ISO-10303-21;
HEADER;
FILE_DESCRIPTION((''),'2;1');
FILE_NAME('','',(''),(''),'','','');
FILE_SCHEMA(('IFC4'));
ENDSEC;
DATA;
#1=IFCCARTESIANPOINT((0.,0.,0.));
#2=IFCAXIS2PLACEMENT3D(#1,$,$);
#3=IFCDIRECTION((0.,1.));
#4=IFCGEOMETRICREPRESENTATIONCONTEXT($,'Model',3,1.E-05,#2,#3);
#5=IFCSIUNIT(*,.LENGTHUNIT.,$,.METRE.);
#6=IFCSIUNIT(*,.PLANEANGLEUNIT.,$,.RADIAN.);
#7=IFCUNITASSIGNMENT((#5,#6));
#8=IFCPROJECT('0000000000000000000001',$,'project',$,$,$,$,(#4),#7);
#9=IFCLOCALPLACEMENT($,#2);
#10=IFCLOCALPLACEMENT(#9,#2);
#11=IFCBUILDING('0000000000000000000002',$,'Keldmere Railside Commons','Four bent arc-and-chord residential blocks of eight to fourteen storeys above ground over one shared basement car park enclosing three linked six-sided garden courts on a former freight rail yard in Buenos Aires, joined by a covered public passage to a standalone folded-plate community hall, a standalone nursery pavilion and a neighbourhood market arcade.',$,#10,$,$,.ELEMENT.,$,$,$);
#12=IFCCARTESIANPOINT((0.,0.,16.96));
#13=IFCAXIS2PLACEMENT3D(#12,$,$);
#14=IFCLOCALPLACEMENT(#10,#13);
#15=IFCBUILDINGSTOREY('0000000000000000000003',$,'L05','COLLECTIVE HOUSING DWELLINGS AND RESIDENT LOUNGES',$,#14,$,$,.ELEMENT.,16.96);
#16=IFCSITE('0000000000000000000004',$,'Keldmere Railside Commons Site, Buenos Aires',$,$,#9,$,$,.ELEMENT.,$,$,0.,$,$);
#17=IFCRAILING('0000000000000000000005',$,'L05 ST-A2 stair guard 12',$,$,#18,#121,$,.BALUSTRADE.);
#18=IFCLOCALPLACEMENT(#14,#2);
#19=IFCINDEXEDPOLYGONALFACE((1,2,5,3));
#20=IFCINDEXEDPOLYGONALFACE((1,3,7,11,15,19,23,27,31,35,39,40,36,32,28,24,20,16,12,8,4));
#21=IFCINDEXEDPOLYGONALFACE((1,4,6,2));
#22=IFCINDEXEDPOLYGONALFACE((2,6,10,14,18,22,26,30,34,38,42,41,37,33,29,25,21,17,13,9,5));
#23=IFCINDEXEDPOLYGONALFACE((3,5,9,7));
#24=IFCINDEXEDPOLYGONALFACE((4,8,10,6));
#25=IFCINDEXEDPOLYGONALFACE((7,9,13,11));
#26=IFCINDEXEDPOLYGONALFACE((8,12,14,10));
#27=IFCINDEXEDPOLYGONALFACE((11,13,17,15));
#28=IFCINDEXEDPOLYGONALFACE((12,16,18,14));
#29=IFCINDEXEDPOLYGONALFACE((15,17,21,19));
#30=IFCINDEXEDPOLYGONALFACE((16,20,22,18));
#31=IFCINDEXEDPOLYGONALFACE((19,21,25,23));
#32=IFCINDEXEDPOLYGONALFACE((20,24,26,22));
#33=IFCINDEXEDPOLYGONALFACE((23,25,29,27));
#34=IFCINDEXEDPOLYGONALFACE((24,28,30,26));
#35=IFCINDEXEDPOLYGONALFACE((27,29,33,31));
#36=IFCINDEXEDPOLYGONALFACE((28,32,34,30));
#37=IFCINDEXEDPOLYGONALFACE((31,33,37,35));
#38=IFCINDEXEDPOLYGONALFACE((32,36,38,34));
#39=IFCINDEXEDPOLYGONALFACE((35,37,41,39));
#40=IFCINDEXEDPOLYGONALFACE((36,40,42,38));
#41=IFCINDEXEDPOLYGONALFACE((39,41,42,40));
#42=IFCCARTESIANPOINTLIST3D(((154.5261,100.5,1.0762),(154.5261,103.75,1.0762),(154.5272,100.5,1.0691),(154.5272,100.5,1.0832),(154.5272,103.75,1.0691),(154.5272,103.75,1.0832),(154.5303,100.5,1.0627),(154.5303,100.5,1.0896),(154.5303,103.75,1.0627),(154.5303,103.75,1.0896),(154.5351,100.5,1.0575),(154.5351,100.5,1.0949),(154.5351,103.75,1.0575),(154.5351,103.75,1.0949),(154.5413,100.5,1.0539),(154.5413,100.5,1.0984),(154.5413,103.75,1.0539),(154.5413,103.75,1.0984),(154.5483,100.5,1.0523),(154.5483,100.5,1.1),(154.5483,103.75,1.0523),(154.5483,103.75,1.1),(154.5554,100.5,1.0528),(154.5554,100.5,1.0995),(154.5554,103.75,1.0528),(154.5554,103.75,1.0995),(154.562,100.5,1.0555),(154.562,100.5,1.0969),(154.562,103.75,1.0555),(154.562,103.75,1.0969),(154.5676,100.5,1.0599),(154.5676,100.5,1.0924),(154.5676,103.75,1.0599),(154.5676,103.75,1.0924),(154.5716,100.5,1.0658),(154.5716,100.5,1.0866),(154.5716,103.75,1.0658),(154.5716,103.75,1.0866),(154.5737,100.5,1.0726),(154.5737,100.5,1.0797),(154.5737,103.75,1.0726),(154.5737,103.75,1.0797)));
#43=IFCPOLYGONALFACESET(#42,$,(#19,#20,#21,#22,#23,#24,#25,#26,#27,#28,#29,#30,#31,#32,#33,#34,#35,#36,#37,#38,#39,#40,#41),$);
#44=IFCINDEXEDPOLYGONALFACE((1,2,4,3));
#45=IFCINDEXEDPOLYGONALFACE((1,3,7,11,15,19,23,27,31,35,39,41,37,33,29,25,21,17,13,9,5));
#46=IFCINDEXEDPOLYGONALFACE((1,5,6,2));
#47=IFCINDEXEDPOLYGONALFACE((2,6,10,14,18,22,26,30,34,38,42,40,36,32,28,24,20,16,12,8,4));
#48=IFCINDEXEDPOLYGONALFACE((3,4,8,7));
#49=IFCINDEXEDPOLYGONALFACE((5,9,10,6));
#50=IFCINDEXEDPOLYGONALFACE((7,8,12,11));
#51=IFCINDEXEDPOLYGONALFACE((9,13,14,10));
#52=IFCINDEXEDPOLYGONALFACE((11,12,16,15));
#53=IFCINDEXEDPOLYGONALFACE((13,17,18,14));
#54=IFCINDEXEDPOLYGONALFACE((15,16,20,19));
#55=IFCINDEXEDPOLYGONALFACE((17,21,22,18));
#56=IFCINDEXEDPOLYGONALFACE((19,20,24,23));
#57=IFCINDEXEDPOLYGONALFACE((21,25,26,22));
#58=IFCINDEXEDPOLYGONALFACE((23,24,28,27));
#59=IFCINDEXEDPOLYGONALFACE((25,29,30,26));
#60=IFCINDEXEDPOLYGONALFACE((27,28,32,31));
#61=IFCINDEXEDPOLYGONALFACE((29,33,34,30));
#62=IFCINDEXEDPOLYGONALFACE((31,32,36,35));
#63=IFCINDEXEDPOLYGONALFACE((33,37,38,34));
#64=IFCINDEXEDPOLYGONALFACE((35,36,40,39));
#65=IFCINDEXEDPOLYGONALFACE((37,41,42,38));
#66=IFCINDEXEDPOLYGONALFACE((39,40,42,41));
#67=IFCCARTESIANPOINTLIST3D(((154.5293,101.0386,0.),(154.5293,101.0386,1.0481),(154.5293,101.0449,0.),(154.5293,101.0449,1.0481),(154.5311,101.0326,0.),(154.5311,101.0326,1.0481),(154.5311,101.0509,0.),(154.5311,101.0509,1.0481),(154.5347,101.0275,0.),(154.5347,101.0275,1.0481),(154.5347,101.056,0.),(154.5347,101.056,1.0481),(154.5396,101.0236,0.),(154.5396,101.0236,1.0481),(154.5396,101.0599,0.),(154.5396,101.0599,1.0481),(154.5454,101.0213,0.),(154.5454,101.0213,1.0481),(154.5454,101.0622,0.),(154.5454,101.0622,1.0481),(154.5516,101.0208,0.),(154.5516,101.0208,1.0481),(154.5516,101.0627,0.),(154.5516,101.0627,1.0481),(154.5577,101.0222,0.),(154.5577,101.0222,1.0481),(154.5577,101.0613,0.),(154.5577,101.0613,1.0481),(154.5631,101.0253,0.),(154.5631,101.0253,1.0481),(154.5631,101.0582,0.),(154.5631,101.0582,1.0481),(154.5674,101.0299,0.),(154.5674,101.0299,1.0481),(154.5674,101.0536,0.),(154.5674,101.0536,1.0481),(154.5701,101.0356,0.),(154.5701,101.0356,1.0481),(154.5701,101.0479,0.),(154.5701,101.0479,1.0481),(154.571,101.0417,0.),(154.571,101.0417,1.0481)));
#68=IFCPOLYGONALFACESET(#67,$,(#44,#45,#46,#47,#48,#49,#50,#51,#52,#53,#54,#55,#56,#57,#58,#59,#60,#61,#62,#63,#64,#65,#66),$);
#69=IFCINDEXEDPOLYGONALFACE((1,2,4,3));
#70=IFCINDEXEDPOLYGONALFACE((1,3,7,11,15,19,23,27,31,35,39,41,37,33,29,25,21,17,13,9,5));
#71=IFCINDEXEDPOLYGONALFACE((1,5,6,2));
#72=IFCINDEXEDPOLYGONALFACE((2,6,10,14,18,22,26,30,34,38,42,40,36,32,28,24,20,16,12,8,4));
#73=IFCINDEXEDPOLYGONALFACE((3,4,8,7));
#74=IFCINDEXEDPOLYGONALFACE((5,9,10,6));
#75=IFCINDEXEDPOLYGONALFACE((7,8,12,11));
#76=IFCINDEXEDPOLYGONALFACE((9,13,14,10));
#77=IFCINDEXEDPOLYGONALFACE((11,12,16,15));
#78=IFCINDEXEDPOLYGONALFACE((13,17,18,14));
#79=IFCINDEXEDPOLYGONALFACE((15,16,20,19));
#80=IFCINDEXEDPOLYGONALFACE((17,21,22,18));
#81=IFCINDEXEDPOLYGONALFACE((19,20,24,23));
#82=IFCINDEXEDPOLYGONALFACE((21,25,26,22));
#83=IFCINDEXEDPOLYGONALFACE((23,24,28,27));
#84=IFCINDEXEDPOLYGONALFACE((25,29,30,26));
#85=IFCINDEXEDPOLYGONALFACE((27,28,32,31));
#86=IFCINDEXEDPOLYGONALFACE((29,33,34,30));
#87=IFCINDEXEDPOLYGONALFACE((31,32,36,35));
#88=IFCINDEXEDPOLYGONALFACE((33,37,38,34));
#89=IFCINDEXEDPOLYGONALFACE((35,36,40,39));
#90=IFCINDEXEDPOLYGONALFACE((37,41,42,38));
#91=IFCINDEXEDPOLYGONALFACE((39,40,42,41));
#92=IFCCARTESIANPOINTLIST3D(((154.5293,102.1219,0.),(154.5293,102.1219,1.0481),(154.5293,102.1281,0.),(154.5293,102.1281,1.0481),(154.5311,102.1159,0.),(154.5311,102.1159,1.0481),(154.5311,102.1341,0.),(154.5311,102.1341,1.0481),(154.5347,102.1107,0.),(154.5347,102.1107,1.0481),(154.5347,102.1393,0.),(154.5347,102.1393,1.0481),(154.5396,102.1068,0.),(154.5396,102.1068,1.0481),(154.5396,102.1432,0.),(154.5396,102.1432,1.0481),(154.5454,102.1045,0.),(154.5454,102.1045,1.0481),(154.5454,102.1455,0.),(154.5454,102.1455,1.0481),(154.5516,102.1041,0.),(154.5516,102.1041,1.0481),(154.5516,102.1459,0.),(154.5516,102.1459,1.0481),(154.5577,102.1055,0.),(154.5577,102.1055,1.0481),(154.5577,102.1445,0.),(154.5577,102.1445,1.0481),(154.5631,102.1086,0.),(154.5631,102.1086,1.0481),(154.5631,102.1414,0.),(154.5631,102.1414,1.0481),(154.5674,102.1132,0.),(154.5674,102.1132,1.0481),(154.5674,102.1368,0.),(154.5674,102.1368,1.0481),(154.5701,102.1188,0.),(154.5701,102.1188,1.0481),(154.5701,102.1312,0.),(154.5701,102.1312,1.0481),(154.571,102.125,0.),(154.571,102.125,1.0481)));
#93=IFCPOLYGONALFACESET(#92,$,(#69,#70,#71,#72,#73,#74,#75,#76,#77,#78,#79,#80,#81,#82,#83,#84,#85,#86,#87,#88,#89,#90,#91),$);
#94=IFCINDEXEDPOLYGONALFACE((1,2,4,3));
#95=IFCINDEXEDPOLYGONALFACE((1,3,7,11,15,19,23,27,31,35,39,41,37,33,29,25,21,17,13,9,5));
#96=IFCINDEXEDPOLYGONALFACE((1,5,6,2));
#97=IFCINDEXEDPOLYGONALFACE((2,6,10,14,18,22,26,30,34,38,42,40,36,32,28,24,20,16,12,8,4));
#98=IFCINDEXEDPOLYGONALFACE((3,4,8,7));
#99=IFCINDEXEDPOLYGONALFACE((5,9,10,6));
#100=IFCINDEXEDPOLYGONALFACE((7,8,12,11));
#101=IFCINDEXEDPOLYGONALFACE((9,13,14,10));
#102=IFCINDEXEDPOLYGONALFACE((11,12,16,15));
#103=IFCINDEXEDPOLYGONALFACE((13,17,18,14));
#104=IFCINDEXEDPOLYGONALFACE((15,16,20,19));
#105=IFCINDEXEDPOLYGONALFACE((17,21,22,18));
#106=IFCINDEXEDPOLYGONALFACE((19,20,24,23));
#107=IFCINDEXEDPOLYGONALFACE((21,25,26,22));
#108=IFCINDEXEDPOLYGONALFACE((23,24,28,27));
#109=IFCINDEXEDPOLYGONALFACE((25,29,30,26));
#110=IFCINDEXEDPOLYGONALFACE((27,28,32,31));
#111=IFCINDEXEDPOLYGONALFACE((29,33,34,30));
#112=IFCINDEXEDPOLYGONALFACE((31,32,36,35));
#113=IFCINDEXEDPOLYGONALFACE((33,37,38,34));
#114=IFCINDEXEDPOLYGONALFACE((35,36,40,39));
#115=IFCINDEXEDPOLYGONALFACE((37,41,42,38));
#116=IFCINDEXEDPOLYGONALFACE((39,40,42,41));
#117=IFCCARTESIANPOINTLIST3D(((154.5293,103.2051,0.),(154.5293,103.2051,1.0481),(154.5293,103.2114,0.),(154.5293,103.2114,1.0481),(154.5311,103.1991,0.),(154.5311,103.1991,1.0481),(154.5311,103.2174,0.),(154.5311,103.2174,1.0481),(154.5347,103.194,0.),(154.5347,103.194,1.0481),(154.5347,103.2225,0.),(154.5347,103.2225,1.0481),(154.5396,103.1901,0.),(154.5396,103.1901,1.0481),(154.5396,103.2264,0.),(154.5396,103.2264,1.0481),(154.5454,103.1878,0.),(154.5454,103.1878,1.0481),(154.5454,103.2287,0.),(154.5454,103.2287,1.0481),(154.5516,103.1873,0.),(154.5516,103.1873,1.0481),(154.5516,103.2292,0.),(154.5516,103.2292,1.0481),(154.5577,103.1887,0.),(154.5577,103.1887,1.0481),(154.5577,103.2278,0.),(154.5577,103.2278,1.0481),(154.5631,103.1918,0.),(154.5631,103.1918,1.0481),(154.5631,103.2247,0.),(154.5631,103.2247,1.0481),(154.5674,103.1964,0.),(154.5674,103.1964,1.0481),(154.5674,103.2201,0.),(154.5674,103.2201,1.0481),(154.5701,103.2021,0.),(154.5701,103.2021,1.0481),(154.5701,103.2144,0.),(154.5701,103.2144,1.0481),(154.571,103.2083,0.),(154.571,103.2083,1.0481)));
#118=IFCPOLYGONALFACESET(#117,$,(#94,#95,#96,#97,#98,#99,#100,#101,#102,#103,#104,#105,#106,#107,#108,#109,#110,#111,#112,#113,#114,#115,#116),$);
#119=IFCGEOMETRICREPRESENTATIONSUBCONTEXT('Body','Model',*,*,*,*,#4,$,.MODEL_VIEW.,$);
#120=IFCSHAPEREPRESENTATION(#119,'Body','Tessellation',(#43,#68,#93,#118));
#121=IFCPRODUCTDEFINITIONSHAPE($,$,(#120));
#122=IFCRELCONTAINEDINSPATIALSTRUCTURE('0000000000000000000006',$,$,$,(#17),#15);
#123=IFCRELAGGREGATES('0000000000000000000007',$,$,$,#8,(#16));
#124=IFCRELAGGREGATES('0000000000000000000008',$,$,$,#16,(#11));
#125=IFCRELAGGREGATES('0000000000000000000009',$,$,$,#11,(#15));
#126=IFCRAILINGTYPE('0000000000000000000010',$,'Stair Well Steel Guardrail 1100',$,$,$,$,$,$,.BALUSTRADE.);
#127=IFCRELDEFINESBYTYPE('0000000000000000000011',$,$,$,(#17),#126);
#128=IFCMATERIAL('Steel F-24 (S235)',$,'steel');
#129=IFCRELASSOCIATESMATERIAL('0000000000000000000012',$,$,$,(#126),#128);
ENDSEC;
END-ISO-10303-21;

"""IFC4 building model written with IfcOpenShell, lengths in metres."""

from ifc_helpers import new_model, si_unit, direction, frame, origin, origin_2d, place, context, subcontext, project, spatial, circle, extrude, material, type_object, element, save


model = new_model("IFC4")

# Units and contexts
model_context = context("Model", 3, precision=1e-05, world=origin(), true_north=direction((0.0, 1.0)))
body_context = subcontext(model_context, "Body", "Model", "MODEL_VIEW")
ifc_project = project(units=[si_unit("LENGTHUNIT", "METRE"), si_unit("PLANEANGLEUNIT", "RADIAN")], contexts=[model_context])

# Site, building, storey
site_placement = place(None, origin())
site = spatial("IfcSite", under=ifc_project, at=site_placement, Name="Keldmere Railside Commons Site, Buenos Aires", CompositionType="ELEMENT", RefElevation=0.0)
building_placement = place(site_placement, origin())
building = spatial("IfcBuilding", under=site, at=building_placement, Name="Keldmere Railside Commons", Description="Four bent arc-and-chord residential blocks of eight to fourteen storeys above ground over one shared basement car park enclosing three linked six-sided garden courts on a former freight rail yard in Buenos Aires, joined by a covered public passage to a standalone folded-plate community hall, a standalone nursery pavilion and a neighbourhood market arcade.", CompositionType="ELEMENT")
storey_placement = place(building_placement, frame((0.0, 0.0, 16.96)))
storey = spatial("IfcBuildingStorey", under=building, at=storey_placement, Name="L05", Description="COLLECTIVE HOUSING DWELLINGS AND RESIDENT LOUNGES", CompositionType="ELEMENT", Elevation=16.96)

# Shared definitions
ifc_material_1 = material(Name="Steel F-24 (S235)", Category="steel")

# Railing
railing_type_1 = type_object("IfcRailingType", Name="Stair Well Steel Guardrail 1100", PredefinedType="BALUSTRADE", material=ifc_material_1)
railing_1_placement = place(storey_placement, frame((154.55, 100.5, 0.0)))
element("IfcRailing", 1, at=railing_1_placement, inside=storey, type_object=railing_type_1, Name="L05 ST-A2 stair guard 12", PredefinedType="BALUSTRADE", context=body_context, shape_type="SweptSolid", body=[
    extrude(circle(Radius=0.0239, at=origin_2d()), frame((0.0, 0.0, 1.0762), z_axis=(0.0, 1.0, 0.0), x_axis=(-1.0, 0.0, 0.0)), (0.0, 0.0, 1.0), 3.25),
    extrude(circle(Radius=0.021, at=origin_2d()), frame((0.0, 0.5417, 0.0)), (0.0, 0.0, 1.0), 1.0481),
    extrude(circle(Radius=0.021, at=origin_2d()), frame((0.0, 1.625, 0.0)), (0.0, 0.0, 1.0), 1.0481),
    extrude(circle(Radius=0.021, at=origin_2d()), frame((0.0, 2.7083, 0.0)), (0.0, 0.0, 1.0), 1.0481),
])

save(model, "model.ifc")
